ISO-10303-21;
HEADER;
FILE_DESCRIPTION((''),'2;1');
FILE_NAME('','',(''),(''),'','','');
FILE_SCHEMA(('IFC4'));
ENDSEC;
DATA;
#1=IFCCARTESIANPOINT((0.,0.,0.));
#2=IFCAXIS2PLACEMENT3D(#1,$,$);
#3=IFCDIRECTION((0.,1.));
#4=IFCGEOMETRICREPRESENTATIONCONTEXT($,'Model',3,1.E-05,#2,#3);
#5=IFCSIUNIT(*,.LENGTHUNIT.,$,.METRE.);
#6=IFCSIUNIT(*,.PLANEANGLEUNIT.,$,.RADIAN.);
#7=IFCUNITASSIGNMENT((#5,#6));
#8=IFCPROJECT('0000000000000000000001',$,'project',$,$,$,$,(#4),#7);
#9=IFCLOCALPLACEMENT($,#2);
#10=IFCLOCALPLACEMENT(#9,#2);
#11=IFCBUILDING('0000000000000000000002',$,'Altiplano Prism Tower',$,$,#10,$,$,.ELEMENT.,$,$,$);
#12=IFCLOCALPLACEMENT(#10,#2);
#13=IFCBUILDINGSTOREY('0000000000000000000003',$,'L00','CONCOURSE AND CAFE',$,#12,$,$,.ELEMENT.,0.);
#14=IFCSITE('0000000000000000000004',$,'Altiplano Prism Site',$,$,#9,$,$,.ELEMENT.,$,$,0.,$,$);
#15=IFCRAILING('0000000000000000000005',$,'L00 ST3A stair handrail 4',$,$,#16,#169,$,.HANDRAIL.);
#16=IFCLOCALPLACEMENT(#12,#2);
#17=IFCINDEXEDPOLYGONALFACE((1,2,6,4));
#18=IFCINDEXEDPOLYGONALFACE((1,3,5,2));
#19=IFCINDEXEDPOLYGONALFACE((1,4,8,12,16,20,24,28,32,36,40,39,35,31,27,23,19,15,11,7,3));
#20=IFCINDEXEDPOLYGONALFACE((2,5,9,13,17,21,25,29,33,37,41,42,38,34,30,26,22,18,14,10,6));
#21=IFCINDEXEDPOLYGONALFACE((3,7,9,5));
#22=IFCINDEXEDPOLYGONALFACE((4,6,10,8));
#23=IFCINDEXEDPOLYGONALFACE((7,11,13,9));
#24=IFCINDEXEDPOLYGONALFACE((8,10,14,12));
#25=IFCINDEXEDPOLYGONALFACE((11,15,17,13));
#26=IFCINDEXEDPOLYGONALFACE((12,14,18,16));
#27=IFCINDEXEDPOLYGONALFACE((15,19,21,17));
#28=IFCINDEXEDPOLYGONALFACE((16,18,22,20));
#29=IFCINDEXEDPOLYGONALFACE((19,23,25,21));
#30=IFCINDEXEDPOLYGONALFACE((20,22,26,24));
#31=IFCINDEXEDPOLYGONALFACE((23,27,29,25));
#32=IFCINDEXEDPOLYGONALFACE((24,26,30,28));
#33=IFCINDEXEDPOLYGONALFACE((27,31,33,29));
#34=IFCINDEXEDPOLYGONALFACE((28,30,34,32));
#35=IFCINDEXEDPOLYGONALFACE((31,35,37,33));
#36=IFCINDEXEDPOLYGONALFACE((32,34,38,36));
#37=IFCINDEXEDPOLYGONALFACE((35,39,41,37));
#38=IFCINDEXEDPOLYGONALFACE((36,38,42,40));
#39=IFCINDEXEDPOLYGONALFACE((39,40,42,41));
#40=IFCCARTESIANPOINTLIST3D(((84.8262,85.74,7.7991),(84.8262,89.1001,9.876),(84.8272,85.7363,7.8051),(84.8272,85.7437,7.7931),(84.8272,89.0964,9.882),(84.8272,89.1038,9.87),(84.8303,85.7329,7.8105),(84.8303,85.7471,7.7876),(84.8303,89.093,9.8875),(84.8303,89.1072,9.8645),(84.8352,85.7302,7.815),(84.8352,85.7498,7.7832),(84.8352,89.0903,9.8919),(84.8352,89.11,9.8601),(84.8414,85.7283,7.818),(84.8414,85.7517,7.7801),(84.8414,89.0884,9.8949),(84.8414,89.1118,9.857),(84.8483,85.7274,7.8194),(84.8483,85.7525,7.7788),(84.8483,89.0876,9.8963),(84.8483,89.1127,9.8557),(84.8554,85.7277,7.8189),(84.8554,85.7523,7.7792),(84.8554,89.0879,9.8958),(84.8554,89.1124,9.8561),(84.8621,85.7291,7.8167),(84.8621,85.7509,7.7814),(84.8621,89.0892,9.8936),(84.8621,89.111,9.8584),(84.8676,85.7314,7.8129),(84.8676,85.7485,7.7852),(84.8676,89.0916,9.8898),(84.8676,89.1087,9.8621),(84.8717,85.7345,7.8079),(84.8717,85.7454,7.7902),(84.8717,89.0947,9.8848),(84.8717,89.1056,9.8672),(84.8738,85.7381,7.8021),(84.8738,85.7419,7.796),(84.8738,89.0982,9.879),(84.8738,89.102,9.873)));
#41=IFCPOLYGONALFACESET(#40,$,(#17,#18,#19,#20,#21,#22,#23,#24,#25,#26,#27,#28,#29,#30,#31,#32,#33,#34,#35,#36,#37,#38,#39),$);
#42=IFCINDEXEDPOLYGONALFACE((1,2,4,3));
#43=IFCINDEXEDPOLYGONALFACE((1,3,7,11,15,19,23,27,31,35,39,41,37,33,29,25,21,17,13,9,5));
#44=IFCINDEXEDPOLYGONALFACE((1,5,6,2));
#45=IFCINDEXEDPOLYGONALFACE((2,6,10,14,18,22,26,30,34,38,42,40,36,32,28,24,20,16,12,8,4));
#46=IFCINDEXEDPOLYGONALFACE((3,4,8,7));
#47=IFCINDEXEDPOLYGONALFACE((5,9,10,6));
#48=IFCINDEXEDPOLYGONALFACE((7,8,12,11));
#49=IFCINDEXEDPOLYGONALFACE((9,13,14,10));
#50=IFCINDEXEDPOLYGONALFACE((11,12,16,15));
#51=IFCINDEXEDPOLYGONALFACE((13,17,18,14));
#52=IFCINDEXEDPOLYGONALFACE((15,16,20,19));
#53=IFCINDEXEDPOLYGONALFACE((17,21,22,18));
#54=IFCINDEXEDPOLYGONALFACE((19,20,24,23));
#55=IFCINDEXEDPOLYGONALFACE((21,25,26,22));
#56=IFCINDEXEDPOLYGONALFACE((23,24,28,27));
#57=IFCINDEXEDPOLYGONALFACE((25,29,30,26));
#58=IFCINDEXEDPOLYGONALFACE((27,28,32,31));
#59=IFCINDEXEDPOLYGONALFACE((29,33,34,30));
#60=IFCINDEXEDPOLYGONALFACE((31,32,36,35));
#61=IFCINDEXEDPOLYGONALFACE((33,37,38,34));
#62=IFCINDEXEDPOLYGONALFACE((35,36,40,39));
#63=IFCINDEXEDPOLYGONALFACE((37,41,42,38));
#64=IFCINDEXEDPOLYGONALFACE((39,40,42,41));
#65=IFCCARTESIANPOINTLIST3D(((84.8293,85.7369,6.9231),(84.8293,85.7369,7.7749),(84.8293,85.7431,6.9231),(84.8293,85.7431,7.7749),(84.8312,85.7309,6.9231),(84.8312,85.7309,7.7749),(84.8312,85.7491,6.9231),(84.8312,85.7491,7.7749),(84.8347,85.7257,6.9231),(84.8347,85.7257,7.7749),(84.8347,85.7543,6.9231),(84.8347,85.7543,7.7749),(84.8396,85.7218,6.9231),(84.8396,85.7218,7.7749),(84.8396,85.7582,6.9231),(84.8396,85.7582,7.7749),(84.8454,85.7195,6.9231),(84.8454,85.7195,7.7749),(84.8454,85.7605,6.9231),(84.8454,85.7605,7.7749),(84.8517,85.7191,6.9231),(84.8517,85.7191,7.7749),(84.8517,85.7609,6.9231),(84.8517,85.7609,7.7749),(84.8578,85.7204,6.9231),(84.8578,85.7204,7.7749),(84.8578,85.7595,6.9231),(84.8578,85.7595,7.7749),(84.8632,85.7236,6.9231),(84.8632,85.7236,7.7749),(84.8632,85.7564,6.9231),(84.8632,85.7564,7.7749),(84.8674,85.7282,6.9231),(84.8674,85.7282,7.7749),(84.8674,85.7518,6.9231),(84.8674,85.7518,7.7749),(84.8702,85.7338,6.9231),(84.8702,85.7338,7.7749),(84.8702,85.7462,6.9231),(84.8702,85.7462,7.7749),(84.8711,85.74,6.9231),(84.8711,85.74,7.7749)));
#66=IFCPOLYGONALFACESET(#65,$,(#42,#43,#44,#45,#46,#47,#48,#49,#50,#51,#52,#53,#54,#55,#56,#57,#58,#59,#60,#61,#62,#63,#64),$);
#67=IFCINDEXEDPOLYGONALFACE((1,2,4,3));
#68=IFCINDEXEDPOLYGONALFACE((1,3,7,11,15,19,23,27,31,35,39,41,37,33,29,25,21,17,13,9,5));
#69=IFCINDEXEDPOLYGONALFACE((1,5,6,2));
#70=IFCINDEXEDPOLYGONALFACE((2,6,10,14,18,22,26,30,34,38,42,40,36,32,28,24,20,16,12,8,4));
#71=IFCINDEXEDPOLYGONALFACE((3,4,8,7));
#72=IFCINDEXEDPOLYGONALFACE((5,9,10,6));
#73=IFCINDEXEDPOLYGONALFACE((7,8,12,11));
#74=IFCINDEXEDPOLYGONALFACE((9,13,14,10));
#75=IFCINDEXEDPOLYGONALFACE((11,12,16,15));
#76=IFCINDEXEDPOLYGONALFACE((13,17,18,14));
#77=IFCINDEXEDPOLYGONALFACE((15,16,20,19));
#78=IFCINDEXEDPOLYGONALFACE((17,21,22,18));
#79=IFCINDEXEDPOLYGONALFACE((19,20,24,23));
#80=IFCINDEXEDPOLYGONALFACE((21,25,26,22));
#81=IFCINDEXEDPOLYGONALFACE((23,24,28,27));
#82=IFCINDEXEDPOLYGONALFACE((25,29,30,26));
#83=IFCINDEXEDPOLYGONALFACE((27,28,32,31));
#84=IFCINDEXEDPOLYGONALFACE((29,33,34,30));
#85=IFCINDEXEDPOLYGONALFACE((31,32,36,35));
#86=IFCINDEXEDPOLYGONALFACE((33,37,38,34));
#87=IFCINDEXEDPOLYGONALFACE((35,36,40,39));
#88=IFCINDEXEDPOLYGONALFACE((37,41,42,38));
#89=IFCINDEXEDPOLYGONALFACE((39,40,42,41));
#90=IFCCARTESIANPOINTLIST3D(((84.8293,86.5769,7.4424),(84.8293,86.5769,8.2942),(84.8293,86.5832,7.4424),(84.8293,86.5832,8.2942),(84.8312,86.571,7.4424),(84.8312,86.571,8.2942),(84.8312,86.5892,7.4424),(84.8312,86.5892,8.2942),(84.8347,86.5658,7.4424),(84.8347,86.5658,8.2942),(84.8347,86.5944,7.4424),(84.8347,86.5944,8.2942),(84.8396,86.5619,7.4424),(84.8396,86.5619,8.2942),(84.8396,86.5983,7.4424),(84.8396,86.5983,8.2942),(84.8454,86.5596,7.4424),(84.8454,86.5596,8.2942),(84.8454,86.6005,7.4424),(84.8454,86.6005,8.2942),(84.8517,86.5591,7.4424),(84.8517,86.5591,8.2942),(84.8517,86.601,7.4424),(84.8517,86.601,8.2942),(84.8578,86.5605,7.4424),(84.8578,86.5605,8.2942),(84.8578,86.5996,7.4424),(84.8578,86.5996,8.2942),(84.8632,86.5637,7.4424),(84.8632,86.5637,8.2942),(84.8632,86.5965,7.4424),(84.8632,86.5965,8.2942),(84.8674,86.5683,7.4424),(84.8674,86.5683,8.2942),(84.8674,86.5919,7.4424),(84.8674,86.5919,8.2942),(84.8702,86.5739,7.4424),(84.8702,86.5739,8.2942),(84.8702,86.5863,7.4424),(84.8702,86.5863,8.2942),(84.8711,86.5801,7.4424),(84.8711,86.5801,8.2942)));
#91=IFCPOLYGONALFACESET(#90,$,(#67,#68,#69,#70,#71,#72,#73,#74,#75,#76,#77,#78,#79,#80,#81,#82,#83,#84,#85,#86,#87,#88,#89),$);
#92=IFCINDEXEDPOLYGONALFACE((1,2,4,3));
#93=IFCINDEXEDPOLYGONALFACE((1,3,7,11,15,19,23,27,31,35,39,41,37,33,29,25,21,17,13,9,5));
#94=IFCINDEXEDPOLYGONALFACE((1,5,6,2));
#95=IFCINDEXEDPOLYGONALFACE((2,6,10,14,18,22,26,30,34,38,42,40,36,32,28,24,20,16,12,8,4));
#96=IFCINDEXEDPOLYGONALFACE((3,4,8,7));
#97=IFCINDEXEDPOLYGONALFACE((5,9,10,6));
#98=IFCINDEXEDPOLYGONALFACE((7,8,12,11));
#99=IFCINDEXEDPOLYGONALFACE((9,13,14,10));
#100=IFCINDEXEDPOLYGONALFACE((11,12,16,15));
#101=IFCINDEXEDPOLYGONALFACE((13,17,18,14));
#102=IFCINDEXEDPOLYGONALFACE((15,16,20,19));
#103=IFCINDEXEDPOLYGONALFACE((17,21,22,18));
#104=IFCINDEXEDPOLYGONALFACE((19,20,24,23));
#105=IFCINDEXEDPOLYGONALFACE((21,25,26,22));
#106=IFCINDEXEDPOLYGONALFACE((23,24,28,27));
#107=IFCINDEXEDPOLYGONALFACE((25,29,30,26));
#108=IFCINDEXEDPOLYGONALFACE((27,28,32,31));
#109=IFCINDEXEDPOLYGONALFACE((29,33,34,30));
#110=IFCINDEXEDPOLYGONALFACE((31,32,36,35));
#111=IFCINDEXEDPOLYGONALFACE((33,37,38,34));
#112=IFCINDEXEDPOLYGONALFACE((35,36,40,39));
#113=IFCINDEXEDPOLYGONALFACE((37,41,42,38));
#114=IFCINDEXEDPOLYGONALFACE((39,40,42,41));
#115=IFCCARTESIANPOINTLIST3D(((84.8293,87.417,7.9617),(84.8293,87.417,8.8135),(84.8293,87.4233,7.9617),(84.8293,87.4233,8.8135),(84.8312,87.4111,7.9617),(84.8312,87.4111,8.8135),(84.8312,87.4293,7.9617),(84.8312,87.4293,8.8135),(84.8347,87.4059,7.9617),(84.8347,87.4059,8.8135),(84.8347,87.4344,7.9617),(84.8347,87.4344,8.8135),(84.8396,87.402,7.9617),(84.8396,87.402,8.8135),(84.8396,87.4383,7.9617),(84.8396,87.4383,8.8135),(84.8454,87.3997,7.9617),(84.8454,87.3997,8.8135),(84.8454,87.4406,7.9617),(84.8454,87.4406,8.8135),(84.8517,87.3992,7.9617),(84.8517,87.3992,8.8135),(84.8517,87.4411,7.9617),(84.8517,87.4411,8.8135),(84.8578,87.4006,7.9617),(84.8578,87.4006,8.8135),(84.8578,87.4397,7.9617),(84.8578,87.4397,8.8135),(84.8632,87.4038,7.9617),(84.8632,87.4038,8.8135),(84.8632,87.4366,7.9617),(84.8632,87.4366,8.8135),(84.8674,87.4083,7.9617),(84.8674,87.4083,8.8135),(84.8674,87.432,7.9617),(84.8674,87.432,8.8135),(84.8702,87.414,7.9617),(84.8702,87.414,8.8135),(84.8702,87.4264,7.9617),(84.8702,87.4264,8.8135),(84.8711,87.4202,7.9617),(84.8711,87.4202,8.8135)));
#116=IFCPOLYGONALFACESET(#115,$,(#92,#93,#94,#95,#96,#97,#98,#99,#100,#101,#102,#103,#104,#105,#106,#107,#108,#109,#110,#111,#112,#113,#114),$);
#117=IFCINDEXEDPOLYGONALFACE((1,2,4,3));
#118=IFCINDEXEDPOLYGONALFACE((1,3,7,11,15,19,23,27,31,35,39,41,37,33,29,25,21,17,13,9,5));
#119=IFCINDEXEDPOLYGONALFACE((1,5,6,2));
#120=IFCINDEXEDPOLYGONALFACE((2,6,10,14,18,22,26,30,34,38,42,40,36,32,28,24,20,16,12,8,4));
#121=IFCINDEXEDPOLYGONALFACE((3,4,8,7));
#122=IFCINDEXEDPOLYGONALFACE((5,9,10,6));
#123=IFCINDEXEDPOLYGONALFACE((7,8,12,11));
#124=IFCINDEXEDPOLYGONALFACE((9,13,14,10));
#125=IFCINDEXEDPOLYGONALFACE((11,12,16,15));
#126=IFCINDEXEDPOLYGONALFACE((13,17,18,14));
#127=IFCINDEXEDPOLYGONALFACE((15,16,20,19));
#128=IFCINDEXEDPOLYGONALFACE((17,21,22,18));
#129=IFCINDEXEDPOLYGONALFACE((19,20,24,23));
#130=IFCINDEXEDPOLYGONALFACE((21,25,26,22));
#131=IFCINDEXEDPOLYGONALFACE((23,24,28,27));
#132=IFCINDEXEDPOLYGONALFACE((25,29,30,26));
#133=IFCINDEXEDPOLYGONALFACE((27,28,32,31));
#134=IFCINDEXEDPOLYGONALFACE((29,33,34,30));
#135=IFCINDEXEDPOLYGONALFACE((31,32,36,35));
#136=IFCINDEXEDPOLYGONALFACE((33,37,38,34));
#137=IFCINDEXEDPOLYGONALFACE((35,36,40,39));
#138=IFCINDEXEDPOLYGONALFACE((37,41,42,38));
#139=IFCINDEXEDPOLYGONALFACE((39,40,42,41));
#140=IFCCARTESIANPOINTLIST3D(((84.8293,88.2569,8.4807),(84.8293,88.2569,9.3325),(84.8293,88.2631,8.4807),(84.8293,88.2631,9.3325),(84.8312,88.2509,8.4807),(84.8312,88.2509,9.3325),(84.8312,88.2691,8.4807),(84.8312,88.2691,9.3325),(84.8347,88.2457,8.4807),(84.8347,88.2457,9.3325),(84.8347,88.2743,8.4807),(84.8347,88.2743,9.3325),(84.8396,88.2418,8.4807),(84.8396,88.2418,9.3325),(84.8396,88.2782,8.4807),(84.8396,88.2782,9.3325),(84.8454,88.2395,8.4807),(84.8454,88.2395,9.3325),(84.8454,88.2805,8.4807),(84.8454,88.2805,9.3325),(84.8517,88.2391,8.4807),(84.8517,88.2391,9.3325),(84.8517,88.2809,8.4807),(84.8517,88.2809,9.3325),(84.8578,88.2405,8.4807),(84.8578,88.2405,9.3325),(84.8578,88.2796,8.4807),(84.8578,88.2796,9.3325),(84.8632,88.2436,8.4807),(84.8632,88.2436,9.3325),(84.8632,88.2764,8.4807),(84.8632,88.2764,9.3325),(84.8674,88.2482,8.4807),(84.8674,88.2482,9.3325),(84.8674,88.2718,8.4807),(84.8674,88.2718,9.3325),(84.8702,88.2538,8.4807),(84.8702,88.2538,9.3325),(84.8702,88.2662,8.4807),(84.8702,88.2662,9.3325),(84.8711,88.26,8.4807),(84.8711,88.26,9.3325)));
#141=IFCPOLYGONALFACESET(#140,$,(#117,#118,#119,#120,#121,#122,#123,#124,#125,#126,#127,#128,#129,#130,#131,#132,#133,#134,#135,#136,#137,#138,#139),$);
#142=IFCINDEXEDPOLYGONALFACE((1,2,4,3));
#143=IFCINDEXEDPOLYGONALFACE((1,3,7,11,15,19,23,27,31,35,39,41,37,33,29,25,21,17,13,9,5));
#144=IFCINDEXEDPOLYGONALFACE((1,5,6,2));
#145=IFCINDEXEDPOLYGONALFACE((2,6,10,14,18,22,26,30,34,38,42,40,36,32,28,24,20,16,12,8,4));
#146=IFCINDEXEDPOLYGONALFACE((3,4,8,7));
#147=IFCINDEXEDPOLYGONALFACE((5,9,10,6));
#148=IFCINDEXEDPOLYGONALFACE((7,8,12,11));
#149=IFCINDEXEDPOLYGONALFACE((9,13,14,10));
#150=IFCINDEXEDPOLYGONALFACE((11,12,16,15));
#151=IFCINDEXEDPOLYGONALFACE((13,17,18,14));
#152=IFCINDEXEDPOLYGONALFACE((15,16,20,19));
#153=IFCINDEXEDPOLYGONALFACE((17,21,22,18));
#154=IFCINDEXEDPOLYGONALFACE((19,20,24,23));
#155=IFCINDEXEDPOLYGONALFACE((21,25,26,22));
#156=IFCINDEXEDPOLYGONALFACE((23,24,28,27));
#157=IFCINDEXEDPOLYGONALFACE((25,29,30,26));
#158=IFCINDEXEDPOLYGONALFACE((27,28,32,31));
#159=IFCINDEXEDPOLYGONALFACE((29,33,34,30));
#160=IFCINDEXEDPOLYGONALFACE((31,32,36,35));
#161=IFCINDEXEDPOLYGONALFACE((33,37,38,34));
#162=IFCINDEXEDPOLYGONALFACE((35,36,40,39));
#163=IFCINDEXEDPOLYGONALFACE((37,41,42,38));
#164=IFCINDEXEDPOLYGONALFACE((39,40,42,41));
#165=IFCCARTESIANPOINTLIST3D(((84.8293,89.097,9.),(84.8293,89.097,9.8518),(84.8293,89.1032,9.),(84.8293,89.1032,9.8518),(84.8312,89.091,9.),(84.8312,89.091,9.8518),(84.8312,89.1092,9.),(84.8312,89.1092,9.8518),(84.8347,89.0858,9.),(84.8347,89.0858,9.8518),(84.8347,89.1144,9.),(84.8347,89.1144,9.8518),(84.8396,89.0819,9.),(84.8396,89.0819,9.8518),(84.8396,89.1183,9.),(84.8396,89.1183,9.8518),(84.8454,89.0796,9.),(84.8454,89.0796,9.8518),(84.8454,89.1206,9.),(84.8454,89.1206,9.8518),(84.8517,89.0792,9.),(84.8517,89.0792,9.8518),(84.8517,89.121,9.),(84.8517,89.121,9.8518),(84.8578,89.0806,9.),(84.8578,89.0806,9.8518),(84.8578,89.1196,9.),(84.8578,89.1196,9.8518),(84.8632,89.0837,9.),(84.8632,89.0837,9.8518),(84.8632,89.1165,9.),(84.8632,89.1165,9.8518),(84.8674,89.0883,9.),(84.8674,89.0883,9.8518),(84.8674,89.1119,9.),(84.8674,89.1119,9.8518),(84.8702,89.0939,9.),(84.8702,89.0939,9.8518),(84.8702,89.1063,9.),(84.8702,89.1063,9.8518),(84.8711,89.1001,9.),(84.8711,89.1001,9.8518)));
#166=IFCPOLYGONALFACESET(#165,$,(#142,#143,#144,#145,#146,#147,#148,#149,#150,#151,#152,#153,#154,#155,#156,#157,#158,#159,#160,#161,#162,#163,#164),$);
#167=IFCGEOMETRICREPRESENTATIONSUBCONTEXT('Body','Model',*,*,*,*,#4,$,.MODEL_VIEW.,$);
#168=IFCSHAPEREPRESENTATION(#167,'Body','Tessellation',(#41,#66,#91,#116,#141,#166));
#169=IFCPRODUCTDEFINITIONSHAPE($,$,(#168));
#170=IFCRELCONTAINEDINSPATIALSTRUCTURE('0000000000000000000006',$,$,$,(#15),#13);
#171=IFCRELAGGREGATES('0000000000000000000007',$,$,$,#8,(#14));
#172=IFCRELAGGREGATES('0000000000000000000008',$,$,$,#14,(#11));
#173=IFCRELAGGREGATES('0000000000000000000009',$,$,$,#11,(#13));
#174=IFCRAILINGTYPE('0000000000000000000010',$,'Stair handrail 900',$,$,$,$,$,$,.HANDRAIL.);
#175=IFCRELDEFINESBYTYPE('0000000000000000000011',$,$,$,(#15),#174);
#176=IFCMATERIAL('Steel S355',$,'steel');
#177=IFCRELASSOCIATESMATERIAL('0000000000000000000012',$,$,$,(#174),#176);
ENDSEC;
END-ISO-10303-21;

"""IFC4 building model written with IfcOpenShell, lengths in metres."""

from ifc_helpers import new_model, si_unit, direction, frame, origin, origin_2d, place, context, subcontext, project, spatial, circle, extrude, material, type_object, element, save


model = new_model("IFC4")

# Units and contexts
model_context = context("Model", 3, precision=1e-05, world=origin(), true_north=direction((0.0, 1.0)))
body_context = subcontext(model_context, "Body", "Model", "MODEL_VIEW")
ifc_project = project(units=[si_unit("LENGTHUNIT", "METRE"), si_unit("PLANEANGLEUNIT", "RADIAN")], contexts=[model_context])

# Site, building, storey
site_placement = place(None, origin())
site = spatial("IfcSite", under=ifc_project, at=site_placement, Name="Altiplano Prism Site", CompositionType="ELEMENT", RefElevation=0.0)
building_placement = place(site_placement, origin())
building = spatial("IfcBuilding", under=site, at=building_placement, Name="Altiplano Prism Tower", CompositionType="ELEMENT")
storey_placement = place(building_placement, origin())
storey = spatial("IfcBuildingStorey", under=building, at=storey_placement, Name="L00", Description="CONCOURSE AND CAFE", CompositionType="ELEMENT", Elevation=0.0)

# Railing
ifc_material_1 = material(Name="Steel S355", Category="steel")
railing_type_1 = type_object("IfcRailingType", Name="Stair handrail 900", PredefinedType="HANDRAIL", material=ifc_material_1)
for number, where, name in (
    (1, (84.8501, 85.74, 6.9231), "L00 ST3A stair handrail 4"),
):
    element("IfcRailing", number, at=place(storey_placement, frame(where)), inside=storey, type_object=railing_type_1, Name=name, PredefinedType="HANDRAIL", context=body_context, shape_type="SweptSolid", body=[
        extrude(circle(Radius=0.0239, at=origin_2d()), frame((0.0, 0.0, 0.876), z_axis=(0.0, 0.850623, 0.525776), x_axis=(-1.0, 0.0, 0.0)), (0.0, 0.0, 1.0), 3.9502),
        extrude(circle(Radius=0.021, at=origin_2d()), origin(), (0.0, 0.0, 1.0), 0.8518),
        extrude(circle(Radius=0.021, at=origin_2d()), frame((0.0, 0.8401, 0.5193)), (0.0, 0.0, 1.0), 0.8518),
        extrude(circle(Radius=0.021, at=origin_2d()), frame((0.0, 1.6802, 1.0386)), (0.0, 0.0, 1.0), 0.8518),
        extrude(circle(Radius=0.021, at=origin_2d()), frame((0.0, 2.52, 1.5576)), (0.0, 0.0, 1.0), 0.8518),
        extrude(circle(Radius=0.021, at=origin_2d()), frame((0.0, 3.3601, 2.0769)), (0.0, 0.0, 1.0), 0.8518),
    ])

save(model, "model.ifc")
